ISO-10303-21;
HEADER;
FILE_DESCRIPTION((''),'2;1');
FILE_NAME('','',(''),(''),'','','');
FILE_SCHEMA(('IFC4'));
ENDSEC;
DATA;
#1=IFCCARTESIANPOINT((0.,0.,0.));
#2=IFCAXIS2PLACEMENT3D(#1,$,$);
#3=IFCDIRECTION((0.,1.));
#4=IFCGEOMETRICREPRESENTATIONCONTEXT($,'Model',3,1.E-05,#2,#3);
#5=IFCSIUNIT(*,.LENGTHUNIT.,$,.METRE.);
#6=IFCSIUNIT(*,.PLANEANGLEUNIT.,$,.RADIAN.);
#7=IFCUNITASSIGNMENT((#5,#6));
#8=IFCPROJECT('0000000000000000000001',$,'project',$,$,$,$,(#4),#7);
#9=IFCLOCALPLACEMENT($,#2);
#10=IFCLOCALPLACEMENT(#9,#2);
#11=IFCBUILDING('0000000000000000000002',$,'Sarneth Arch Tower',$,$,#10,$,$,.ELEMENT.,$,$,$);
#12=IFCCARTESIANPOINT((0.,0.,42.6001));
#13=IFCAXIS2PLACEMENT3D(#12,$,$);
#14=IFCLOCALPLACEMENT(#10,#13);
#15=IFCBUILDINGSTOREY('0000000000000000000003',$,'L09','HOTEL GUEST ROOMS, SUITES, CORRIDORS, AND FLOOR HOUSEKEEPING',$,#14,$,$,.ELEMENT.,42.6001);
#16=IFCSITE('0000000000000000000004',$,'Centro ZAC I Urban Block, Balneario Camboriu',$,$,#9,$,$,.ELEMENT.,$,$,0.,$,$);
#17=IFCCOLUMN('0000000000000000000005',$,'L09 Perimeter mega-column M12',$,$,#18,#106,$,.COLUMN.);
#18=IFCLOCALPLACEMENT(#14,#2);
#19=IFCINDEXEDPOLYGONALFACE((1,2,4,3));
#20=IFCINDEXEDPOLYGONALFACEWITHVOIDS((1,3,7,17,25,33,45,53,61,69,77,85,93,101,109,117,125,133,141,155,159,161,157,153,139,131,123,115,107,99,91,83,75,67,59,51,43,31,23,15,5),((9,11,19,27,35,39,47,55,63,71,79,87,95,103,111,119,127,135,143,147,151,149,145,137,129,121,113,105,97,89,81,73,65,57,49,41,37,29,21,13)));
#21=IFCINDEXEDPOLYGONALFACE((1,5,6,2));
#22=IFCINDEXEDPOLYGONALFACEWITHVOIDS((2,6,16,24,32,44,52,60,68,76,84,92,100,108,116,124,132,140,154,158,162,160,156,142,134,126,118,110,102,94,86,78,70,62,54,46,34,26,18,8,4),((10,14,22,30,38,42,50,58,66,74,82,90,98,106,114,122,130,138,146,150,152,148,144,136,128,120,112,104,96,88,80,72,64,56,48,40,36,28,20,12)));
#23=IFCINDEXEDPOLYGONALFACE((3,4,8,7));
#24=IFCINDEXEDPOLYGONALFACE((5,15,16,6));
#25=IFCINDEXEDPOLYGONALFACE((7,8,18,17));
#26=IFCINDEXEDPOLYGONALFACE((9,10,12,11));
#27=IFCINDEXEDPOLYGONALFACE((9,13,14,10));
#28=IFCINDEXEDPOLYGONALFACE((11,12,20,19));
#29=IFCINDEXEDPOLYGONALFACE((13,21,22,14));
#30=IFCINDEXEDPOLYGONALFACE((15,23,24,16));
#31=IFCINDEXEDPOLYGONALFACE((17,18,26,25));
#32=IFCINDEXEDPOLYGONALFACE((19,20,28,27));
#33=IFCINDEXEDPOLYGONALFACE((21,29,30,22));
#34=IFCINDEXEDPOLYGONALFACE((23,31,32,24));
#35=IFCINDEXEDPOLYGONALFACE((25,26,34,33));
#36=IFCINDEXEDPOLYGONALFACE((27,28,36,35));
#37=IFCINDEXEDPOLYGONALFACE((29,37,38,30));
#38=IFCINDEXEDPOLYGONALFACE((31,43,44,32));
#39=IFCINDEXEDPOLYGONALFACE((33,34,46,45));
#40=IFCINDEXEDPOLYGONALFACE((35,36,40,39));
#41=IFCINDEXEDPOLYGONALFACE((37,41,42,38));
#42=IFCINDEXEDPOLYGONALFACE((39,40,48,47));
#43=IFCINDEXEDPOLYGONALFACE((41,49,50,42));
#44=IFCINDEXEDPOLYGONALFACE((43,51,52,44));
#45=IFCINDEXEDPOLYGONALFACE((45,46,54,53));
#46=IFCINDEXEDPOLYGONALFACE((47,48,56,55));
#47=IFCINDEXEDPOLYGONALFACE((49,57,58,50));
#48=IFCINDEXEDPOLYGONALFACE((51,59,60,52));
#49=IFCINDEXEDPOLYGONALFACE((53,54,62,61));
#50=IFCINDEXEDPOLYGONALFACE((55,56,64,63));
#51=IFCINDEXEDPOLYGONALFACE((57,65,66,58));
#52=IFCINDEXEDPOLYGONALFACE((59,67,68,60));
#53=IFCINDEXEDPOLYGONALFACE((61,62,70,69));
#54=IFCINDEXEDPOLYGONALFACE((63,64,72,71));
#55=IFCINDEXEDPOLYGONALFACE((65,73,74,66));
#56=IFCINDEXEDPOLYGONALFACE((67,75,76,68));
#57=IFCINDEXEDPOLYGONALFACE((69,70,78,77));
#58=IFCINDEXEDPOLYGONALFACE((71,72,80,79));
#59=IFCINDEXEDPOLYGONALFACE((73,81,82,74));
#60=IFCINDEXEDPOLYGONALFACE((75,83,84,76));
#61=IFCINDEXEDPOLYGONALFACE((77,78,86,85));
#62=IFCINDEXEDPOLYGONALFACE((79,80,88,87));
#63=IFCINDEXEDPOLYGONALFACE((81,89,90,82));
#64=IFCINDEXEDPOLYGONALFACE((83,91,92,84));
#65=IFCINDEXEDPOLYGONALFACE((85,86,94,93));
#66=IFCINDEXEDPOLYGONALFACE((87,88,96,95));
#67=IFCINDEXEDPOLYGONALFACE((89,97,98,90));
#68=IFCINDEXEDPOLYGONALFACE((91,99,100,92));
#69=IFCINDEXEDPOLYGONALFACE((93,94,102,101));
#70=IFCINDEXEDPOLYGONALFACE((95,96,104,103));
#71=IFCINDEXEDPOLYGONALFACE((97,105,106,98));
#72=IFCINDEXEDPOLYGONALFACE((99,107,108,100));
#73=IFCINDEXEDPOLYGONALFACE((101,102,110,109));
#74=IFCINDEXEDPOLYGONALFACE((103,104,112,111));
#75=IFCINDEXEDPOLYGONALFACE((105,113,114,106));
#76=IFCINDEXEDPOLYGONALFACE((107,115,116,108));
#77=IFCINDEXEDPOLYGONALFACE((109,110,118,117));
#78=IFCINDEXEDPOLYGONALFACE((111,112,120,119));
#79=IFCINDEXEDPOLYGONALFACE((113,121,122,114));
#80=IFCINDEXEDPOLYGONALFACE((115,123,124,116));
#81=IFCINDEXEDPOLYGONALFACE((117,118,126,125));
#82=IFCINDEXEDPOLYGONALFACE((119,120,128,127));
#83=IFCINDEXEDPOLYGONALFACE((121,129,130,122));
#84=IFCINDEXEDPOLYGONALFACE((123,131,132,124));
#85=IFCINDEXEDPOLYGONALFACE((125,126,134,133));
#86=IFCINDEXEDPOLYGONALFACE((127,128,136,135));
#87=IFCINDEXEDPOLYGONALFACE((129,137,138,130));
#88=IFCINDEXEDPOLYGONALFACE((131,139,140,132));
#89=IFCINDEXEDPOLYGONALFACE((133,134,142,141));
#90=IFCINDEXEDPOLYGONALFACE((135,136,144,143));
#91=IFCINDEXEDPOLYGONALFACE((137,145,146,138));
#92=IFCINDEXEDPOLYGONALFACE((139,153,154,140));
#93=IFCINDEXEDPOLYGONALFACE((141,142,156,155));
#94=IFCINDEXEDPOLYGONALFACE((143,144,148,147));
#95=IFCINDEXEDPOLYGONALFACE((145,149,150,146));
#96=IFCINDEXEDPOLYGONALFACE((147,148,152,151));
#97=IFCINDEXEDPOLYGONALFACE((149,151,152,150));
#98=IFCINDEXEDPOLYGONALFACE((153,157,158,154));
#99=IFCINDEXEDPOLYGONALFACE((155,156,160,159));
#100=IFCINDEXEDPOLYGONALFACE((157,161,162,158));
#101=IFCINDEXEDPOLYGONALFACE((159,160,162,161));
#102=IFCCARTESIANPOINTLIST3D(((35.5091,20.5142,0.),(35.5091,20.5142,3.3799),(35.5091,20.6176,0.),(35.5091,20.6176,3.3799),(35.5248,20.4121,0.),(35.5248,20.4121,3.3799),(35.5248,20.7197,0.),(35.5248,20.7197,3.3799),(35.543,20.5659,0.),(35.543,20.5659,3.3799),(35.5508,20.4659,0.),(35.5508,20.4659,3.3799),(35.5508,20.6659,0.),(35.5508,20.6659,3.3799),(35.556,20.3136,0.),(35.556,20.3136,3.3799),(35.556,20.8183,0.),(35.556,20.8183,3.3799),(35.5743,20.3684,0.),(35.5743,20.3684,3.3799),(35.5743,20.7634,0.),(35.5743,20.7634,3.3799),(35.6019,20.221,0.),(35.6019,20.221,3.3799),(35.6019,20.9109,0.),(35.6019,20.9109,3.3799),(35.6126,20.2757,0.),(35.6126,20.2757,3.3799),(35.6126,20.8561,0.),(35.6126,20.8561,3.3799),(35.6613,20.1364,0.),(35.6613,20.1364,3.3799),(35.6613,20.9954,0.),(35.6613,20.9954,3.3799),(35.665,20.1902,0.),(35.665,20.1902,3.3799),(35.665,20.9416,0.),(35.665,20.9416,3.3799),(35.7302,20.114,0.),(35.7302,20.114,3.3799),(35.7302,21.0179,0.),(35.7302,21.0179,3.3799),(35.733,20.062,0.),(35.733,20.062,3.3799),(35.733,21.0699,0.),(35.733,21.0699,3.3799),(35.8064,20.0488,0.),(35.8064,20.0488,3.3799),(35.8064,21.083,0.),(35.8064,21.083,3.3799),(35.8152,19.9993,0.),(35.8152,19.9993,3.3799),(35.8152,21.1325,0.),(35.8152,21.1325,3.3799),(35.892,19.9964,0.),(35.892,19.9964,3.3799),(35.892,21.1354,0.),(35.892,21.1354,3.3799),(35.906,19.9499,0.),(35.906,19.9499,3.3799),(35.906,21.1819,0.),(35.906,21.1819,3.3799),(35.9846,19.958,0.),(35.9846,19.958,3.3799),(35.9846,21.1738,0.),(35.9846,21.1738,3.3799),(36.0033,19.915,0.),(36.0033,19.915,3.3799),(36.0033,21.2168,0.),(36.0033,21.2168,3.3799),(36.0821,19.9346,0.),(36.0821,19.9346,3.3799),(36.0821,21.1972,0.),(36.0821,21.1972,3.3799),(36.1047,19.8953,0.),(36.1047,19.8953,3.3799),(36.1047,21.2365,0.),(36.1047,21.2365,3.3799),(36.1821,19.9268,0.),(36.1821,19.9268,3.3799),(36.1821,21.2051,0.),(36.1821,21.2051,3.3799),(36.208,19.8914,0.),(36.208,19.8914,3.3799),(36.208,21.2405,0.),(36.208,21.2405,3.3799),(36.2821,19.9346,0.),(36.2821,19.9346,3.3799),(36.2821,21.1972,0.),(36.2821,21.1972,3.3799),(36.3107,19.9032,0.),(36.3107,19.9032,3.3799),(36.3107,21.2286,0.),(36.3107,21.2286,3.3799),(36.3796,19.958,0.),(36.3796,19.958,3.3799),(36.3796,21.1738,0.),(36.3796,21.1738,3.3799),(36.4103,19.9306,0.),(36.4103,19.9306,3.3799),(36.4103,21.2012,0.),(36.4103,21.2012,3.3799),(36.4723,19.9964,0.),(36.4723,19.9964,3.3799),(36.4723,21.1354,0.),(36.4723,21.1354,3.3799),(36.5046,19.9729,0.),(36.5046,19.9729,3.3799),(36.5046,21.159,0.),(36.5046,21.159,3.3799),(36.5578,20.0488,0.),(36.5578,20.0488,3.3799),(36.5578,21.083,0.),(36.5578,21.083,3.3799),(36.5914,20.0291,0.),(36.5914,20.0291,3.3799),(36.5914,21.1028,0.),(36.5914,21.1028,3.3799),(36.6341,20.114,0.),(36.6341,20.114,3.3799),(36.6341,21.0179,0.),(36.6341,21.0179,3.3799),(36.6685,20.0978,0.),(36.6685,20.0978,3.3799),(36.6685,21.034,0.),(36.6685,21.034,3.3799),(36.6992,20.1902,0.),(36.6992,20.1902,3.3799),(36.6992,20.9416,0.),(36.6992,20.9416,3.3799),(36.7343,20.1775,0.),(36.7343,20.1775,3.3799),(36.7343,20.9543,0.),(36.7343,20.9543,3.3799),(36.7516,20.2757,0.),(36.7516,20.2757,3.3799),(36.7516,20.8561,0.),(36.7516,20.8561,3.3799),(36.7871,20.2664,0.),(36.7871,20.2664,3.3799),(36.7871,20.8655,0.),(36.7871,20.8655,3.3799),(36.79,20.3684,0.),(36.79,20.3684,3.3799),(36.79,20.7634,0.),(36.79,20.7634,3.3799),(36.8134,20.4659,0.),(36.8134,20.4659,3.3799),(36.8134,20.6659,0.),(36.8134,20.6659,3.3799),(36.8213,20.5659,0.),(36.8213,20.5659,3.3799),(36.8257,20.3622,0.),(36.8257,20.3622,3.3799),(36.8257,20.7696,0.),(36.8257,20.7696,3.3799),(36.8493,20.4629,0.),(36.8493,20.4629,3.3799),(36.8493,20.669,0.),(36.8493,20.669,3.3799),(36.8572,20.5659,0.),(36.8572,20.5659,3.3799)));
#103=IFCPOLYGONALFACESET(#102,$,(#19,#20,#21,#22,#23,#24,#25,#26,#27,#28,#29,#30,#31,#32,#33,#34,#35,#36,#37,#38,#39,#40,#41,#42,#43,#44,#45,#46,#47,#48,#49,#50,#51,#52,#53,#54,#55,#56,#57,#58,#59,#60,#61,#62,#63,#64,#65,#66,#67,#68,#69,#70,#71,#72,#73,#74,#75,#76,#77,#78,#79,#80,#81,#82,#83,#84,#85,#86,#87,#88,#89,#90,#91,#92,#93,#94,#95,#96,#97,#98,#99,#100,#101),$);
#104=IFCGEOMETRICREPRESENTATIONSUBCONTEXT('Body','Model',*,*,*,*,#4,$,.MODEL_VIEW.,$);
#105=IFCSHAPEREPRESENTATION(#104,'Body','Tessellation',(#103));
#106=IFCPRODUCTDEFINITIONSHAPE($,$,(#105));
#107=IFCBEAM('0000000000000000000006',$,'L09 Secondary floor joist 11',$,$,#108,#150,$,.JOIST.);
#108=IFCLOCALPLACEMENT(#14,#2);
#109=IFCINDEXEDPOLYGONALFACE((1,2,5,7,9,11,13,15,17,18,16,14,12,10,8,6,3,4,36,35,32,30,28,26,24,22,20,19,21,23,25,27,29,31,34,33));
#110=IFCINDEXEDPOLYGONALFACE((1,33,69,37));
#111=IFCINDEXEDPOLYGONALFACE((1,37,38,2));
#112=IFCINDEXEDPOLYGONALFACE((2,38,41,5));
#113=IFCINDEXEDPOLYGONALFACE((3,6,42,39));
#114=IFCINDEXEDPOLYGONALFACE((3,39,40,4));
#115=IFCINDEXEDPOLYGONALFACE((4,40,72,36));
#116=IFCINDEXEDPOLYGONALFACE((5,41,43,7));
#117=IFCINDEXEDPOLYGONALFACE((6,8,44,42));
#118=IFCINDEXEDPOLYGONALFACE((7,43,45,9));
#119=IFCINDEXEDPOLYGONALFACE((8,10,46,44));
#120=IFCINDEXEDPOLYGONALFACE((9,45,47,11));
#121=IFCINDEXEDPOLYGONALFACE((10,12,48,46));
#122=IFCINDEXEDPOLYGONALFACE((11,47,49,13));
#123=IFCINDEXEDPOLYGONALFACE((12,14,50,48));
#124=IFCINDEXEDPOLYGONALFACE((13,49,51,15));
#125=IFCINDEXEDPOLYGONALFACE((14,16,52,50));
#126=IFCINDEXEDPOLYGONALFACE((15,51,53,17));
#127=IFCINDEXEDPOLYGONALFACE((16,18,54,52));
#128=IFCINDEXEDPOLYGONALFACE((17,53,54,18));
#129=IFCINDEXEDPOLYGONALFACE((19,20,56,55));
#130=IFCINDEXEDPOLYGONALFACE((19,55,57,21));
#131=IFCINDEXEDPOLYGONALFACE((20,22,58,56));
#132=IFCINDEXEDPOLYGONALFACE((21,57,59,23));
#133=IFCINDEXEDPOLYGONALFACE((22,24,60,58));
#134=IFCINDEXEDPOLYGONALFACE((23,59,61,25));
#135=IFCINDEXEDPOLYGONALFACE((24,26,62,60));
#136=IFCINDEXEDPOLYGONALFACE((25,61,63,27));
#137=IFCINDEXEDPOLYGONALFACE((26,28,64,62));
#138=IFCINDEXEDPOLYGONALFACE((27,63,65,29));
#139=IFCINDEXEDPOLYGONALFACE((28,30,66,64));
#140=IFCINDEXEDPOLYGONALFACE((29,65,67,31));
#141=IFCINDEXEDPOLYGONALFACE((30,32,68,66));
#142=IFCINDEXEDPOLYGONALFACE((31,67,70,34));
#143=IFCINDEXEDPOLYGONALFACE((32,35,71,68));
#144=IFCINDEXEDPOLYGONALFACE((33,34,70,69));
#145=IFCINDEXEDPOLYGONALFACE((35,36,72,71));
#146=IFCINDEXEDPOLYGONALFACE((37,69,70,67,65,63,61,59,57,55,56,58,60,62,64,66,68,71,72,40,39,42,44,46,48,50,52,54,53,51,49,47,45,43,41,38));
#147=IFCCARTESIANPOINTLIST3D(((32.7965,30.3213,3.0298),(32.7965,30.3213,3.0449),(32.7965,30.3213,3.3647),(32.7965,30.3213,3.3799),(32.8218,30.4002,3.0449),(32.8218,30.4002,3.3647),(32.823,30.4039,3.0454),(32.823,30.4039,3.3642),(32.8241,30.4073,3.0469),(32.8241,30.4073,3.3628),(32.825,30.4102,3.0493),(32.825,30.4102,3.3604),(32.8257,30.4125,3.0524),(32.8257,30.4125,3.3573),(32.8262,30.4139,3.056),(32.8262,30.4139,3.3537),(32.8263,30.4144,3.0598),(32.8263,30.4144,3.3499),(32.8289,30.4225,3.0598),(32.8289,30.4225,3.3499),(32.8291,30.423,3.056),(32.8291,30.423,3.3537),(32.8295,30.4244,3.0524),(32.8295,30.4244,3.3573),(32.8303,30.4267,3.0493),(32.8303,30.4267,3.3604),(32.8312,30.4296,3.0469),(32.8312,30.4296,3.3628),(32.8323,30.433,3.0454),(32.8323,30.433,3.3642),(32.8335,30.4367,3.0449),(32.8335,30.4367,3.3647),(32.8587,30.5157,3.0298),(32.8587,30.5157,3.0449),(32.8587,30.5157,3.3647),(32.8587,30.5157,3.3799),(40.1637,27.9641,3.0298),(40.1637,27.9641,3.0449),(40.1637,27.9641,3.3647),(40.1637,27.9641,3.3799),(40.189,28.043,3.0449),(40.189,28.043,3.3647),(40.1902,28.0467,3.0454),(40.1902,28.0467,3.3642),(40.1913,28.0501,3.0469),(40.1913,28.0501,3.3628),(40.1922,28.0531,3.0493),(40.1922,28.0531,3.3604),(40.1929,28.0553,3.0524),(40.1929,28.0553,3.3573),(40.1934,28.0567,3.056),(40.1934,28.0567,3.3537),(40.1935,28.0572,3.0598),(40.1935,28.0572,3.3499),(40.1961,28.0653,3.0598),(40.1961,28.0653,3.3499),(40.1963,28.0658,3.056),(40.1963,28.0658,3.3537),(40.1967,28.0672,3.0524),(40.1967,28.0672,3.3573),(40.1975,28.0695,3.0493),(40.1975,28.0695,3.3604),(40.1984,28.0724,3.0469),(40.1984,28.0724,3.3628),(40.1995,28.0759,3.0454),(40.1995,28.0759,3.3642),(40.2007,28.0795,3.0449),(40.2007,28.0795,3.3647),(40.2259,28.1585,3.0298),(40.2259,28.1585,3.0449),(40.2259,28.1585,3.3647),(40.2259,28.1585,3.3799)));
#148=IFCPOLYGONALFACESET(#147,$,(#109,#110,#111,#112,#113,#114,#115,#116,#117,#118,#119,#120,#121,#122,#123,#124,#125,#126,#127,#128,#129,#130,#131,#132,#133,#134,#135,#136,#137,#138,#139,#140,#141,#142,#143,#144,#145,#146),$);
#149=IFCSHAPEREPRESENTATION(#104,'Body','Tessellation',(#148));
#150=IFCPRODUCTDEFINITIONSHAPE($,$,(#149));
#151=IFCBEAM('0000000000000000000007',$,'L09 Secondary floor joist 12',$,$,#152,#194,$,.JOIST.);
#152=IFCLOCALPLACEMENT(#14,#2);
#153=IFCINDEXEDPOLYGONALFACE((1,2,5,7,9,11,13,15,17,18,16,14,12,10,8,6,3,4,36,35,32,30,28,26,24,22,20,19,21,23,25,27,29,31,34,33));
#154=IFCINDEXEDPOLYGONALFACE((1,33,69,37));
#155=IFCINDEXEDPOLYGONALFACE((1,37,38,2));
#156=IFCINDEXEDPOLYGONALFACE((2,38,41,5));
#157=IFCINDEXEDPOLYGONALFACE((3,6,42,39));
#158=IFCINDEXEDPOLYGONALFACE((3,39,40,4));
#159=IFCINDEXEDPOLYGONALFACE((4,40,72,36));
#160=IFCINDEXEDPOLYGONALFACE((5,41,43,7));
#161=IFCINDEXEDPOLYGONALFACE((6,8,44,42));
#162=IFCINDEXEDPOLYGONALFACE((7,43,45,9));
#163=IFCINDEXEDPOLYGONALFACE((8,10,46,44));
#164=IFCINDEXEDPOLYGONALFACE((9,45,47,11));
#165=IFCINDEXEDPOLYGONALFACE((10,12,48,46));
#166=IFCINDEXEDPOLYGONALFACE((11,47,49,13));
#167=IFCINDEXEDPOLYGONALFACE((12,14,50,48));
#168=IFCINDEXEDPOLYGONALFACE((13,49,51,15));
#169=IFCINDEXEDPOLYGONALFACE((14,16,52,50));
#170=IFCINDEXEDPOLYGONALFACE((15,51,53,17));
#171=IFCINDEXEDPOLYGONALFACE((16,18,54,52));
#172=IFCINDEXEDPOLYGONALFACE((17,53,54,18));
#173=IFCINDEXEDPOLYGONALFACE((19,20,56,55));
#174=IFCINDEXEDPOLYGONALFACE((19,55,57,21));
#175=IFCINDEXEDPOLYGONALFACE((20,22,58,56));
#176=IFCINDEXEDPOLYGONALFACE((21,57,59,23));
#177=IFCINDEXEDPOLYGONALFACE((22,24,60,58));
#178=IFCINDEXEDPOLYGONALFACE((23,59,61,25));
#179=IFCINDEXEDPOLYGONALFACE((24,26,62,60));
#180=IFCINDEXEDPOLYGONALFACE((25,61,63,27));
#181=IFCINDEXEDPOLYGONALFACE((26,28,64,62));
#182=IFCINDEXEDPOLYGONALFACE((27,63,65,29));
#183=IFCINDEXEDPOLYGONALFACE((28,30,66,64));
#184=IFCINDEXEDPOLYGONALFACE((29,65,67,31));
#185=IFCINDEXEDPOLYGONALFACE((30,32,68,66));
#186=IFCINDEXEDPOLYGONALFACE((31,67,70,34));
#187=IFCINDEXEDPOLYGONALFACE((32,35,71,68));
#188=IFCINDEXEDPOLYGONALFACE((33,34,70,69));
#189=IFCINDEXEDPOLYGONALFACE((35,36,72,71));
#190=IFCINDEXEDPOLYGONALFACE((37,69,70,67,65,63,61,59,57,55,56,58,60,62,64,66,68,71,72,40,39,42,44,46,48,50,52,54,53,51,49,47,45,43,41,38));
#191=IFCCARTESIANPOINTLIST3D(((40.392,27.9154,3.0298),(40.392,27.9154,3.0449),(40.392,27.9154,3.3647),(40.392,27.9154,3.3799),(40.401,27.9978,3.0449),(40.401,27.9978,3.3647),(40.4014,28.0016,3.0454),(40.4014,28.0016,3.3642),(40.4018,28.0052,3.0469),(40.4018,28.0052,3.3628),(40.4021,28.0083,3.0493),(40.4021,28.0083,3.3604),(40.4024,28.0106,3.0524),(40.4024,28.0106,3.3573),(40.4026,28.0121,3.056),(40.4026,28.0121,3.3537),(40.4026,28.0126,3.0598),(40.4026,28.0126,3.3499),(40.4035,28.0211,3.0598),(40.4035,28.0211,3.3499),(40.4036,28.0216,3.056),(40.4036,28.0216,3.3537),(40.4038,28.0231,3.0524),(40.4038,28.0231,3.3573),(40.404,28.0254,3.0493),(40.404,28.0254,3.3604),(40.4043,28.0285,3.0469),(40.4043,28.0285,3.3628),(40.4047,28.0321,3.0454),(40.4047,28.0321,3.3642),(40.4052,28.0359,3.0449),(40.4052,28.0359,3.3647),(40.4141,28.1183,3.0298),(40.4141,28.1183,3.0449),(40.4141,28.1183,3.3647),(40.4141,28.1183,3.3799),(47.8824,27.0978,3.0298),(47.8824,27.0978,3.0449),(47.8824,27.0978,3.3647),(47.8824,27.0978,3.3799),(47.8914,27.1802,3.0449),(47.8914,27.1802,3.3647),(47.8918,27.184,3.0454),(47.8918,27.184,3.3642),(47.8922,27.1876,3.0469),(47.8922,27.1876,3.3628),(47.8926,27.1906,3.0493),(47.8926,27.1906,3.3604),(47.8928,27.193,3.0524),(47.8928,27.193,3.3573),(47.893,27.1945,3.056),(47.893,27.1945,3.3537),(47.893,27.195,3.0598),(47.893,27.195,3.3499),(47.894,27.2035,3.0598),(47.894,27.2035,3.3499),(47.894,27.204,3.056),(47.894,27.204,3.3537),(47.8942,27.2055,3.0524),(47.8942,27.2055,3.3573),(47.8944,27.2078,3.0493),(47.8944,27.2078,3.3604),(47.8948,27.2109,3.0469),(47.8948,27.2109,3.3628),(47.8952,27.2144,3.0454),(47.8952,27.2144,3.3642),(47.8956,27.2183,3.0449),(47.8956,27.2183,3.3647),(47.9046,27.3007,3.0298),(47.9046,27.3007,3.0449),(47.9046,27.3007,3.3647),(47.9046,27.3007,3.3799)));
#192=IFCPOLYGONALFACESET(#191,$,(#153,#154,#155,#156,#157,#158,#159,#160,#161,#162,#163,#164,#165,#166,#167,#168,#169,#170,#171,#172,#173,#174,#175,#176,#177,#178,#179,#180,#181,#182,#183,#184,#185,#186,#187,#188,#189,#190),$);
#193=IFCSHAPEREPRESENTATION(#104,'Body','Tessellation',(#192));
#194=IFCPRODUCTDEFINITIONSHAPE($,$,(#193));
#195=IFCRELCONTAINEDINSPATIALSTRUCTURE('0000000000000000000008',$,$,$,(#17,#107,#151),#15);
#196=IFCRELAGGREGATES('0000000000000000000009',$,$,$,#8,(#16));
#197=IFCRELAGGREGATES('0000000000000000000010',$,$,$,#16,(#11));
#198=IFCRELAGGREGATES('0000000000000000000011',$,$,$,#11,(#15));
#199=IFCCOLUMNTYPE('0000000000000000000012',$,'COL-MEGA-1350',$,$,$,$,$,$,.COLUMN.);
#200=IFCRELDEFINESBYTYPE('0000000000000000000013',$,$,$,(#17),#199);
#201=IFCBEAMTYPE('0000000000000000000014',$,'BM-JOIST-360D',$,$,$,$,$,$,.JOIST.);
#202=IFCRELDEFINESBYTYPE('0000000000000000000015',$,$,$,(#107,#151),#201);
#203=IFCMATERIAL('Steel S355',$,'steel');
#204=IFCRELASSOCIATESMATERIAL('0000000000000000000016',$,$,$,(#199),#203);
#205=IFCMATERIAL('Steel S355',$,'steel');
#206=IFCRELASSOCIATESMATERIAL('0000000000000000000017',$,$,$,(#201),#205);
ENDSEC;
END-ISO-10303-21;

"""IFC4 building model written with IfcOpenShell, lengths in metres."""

from ifc_helpers import new_model, si_unit, direction, frame, origin, origin_2d, place, context, subcontext, project, spatial, hollow_circle, i_section, extrude, material, material_profile, profile_set, type_object, element, save


model = new_model("IFC4")

# Units and contexts
model_context = context("Model", 3, precision=1e-05, world=origin(), true_north=direction((0.0, 1.0)))
body_context = subcontext(model_context, "Body", "Model", "MODEL_VIEW")
ifc_project = project(units=[si_unit("LENGTHUNIT", "METRE"), si_unit("PLANEANGLEUNIT", "RADIAN")], contexts=[model_context])

# Site, building, storey
site_placement = place(None, origin())
site = spatial("IfcSite", under=ifc_project, at=site_placement, Name="Centro ZAC I Urban Block, Balneario Camboriu", CompositionType="ELEMENT", RefElevation=0.0)
building_placement = place(site_placement, origin())
building = spatial("IfcBuilding", under=site, at=building_placement, Name="Sarneth Arch Tower", CompositionType="ELEMENT")
storey_placement = place(building_placement, frame((0.0, 0.0, 42.6001)))
storey = spatial("IfcBuildingStorey", under=building, at=storey_placement, Name="L09", Description="HOTEL GUEST ROOMS, SUITES, CORRIDORS, AND FLOOR HOUSEKEEPING", CompositionType="ELEMENT", Elevation=42.6001)

# Column
ifc_material_1 = material(Name="Steel S355", Category="steel")
ifc_material_profile_1 = material_profile(ifc_material_1, hollow_circle(Radius=0.675, WallThickness=0.0359, at=origin_2d()), Name="CHS1350x36")
ifc_profile_set_1 = profile_set([ifc_material_profile_1], Name="Steel S355")
column_type = type_object("IfcColumnType", Name="COL-MEGA-1350", PredefinedType="COLUMN", material=ifc_profile_set_1)
column_placement = place(storey_placement, frame((36.1821, 20.5659, 0.0), z_axis=(0.0, 0.0, 1.0), x_axis=(1.0, 0.0, 0.0)))
element("IfcColumn", 1, at=column_placement, inside=storey, type_object=column_type, Name="L09 Perimeter mega-column M12", PredefinedType="COLUMN", context=body_context, shape_type="SweptSolid", body=[
    extrude(hollow_circle(Radius=0.675, WallThickness=0.0359, at=origin_2d()), origin(), (0.0, 0.0, 1.0), 3.3799),
])

# Beams
ifc_material_2 = material(Name="Steel S355", Category="steel")
ifc_material_profile_2 = material_profile(ifc_material_2, i_section(OverallWidth=0.2041, OverallDepth=0.3501, WebThickness=0.0085, FlangeThickness=0.0151, FilletRadius=0.0149, at=origin_2d()), Name="W360x72")
ifc_profile_set_2 = profile_set([ifc_material_profile_2], Name="Steel S355")
beam_type_1 = type_object("IfcBeamType", Name="BM-JOIST-360D", PredefinedType="JOIST", material=ifc_profile_set_2)
beam_1_placement = place(storey_placement, frame((32.8276, 30.4185, 3.2048), z_axis=(0.952436, -0.304738, 0.0), x_axis=(0.304738, 0.952436, 0.0)))
element("IfcBeam", 2, at=beam_1_placement, inside=storey, type_object=beam_type_1, Name="L09 Secondary floor joist 11", PredefinedType="JOIST", context=body_context, shape_type="SweptSolid", body=[
    extrude(i_section(OverallWidth=0.2041, OverallDepth=0.3501, WebThickness=0.0085, FlangeThickness=0.0151, FilletRadius=0.0149, at=origin_2d()), origin(), (0.0, 0.0, 1.0), 7.7351),
])
beam_2_placement = place(storey_placement, frame((40.4031, 28.0168, 3.2048), z_axis=(0.994095, -0.108511, 0.0), x_axis=(0.108511, 0.994095, 0.0)))
element("IfcBeam", 3, at=beam_2_placement, inside=storey, type_object=beam_type_1, Name="L09 Secondary floor joist 12", PredefinedType="JOIST", context=body_context, shape_type="SweptSolid", body=[
    extrude(i_section(OverallWidth=0.2041, OverallDepth=0.3501, WebThickness=0.0085, FlangeThickness=0.0151, FilletRadius=0.0149, at=origin_2d()), origin(), (0.0, 0.0, 1.0), 7.5349),
])

save(model, "model.ifc")
